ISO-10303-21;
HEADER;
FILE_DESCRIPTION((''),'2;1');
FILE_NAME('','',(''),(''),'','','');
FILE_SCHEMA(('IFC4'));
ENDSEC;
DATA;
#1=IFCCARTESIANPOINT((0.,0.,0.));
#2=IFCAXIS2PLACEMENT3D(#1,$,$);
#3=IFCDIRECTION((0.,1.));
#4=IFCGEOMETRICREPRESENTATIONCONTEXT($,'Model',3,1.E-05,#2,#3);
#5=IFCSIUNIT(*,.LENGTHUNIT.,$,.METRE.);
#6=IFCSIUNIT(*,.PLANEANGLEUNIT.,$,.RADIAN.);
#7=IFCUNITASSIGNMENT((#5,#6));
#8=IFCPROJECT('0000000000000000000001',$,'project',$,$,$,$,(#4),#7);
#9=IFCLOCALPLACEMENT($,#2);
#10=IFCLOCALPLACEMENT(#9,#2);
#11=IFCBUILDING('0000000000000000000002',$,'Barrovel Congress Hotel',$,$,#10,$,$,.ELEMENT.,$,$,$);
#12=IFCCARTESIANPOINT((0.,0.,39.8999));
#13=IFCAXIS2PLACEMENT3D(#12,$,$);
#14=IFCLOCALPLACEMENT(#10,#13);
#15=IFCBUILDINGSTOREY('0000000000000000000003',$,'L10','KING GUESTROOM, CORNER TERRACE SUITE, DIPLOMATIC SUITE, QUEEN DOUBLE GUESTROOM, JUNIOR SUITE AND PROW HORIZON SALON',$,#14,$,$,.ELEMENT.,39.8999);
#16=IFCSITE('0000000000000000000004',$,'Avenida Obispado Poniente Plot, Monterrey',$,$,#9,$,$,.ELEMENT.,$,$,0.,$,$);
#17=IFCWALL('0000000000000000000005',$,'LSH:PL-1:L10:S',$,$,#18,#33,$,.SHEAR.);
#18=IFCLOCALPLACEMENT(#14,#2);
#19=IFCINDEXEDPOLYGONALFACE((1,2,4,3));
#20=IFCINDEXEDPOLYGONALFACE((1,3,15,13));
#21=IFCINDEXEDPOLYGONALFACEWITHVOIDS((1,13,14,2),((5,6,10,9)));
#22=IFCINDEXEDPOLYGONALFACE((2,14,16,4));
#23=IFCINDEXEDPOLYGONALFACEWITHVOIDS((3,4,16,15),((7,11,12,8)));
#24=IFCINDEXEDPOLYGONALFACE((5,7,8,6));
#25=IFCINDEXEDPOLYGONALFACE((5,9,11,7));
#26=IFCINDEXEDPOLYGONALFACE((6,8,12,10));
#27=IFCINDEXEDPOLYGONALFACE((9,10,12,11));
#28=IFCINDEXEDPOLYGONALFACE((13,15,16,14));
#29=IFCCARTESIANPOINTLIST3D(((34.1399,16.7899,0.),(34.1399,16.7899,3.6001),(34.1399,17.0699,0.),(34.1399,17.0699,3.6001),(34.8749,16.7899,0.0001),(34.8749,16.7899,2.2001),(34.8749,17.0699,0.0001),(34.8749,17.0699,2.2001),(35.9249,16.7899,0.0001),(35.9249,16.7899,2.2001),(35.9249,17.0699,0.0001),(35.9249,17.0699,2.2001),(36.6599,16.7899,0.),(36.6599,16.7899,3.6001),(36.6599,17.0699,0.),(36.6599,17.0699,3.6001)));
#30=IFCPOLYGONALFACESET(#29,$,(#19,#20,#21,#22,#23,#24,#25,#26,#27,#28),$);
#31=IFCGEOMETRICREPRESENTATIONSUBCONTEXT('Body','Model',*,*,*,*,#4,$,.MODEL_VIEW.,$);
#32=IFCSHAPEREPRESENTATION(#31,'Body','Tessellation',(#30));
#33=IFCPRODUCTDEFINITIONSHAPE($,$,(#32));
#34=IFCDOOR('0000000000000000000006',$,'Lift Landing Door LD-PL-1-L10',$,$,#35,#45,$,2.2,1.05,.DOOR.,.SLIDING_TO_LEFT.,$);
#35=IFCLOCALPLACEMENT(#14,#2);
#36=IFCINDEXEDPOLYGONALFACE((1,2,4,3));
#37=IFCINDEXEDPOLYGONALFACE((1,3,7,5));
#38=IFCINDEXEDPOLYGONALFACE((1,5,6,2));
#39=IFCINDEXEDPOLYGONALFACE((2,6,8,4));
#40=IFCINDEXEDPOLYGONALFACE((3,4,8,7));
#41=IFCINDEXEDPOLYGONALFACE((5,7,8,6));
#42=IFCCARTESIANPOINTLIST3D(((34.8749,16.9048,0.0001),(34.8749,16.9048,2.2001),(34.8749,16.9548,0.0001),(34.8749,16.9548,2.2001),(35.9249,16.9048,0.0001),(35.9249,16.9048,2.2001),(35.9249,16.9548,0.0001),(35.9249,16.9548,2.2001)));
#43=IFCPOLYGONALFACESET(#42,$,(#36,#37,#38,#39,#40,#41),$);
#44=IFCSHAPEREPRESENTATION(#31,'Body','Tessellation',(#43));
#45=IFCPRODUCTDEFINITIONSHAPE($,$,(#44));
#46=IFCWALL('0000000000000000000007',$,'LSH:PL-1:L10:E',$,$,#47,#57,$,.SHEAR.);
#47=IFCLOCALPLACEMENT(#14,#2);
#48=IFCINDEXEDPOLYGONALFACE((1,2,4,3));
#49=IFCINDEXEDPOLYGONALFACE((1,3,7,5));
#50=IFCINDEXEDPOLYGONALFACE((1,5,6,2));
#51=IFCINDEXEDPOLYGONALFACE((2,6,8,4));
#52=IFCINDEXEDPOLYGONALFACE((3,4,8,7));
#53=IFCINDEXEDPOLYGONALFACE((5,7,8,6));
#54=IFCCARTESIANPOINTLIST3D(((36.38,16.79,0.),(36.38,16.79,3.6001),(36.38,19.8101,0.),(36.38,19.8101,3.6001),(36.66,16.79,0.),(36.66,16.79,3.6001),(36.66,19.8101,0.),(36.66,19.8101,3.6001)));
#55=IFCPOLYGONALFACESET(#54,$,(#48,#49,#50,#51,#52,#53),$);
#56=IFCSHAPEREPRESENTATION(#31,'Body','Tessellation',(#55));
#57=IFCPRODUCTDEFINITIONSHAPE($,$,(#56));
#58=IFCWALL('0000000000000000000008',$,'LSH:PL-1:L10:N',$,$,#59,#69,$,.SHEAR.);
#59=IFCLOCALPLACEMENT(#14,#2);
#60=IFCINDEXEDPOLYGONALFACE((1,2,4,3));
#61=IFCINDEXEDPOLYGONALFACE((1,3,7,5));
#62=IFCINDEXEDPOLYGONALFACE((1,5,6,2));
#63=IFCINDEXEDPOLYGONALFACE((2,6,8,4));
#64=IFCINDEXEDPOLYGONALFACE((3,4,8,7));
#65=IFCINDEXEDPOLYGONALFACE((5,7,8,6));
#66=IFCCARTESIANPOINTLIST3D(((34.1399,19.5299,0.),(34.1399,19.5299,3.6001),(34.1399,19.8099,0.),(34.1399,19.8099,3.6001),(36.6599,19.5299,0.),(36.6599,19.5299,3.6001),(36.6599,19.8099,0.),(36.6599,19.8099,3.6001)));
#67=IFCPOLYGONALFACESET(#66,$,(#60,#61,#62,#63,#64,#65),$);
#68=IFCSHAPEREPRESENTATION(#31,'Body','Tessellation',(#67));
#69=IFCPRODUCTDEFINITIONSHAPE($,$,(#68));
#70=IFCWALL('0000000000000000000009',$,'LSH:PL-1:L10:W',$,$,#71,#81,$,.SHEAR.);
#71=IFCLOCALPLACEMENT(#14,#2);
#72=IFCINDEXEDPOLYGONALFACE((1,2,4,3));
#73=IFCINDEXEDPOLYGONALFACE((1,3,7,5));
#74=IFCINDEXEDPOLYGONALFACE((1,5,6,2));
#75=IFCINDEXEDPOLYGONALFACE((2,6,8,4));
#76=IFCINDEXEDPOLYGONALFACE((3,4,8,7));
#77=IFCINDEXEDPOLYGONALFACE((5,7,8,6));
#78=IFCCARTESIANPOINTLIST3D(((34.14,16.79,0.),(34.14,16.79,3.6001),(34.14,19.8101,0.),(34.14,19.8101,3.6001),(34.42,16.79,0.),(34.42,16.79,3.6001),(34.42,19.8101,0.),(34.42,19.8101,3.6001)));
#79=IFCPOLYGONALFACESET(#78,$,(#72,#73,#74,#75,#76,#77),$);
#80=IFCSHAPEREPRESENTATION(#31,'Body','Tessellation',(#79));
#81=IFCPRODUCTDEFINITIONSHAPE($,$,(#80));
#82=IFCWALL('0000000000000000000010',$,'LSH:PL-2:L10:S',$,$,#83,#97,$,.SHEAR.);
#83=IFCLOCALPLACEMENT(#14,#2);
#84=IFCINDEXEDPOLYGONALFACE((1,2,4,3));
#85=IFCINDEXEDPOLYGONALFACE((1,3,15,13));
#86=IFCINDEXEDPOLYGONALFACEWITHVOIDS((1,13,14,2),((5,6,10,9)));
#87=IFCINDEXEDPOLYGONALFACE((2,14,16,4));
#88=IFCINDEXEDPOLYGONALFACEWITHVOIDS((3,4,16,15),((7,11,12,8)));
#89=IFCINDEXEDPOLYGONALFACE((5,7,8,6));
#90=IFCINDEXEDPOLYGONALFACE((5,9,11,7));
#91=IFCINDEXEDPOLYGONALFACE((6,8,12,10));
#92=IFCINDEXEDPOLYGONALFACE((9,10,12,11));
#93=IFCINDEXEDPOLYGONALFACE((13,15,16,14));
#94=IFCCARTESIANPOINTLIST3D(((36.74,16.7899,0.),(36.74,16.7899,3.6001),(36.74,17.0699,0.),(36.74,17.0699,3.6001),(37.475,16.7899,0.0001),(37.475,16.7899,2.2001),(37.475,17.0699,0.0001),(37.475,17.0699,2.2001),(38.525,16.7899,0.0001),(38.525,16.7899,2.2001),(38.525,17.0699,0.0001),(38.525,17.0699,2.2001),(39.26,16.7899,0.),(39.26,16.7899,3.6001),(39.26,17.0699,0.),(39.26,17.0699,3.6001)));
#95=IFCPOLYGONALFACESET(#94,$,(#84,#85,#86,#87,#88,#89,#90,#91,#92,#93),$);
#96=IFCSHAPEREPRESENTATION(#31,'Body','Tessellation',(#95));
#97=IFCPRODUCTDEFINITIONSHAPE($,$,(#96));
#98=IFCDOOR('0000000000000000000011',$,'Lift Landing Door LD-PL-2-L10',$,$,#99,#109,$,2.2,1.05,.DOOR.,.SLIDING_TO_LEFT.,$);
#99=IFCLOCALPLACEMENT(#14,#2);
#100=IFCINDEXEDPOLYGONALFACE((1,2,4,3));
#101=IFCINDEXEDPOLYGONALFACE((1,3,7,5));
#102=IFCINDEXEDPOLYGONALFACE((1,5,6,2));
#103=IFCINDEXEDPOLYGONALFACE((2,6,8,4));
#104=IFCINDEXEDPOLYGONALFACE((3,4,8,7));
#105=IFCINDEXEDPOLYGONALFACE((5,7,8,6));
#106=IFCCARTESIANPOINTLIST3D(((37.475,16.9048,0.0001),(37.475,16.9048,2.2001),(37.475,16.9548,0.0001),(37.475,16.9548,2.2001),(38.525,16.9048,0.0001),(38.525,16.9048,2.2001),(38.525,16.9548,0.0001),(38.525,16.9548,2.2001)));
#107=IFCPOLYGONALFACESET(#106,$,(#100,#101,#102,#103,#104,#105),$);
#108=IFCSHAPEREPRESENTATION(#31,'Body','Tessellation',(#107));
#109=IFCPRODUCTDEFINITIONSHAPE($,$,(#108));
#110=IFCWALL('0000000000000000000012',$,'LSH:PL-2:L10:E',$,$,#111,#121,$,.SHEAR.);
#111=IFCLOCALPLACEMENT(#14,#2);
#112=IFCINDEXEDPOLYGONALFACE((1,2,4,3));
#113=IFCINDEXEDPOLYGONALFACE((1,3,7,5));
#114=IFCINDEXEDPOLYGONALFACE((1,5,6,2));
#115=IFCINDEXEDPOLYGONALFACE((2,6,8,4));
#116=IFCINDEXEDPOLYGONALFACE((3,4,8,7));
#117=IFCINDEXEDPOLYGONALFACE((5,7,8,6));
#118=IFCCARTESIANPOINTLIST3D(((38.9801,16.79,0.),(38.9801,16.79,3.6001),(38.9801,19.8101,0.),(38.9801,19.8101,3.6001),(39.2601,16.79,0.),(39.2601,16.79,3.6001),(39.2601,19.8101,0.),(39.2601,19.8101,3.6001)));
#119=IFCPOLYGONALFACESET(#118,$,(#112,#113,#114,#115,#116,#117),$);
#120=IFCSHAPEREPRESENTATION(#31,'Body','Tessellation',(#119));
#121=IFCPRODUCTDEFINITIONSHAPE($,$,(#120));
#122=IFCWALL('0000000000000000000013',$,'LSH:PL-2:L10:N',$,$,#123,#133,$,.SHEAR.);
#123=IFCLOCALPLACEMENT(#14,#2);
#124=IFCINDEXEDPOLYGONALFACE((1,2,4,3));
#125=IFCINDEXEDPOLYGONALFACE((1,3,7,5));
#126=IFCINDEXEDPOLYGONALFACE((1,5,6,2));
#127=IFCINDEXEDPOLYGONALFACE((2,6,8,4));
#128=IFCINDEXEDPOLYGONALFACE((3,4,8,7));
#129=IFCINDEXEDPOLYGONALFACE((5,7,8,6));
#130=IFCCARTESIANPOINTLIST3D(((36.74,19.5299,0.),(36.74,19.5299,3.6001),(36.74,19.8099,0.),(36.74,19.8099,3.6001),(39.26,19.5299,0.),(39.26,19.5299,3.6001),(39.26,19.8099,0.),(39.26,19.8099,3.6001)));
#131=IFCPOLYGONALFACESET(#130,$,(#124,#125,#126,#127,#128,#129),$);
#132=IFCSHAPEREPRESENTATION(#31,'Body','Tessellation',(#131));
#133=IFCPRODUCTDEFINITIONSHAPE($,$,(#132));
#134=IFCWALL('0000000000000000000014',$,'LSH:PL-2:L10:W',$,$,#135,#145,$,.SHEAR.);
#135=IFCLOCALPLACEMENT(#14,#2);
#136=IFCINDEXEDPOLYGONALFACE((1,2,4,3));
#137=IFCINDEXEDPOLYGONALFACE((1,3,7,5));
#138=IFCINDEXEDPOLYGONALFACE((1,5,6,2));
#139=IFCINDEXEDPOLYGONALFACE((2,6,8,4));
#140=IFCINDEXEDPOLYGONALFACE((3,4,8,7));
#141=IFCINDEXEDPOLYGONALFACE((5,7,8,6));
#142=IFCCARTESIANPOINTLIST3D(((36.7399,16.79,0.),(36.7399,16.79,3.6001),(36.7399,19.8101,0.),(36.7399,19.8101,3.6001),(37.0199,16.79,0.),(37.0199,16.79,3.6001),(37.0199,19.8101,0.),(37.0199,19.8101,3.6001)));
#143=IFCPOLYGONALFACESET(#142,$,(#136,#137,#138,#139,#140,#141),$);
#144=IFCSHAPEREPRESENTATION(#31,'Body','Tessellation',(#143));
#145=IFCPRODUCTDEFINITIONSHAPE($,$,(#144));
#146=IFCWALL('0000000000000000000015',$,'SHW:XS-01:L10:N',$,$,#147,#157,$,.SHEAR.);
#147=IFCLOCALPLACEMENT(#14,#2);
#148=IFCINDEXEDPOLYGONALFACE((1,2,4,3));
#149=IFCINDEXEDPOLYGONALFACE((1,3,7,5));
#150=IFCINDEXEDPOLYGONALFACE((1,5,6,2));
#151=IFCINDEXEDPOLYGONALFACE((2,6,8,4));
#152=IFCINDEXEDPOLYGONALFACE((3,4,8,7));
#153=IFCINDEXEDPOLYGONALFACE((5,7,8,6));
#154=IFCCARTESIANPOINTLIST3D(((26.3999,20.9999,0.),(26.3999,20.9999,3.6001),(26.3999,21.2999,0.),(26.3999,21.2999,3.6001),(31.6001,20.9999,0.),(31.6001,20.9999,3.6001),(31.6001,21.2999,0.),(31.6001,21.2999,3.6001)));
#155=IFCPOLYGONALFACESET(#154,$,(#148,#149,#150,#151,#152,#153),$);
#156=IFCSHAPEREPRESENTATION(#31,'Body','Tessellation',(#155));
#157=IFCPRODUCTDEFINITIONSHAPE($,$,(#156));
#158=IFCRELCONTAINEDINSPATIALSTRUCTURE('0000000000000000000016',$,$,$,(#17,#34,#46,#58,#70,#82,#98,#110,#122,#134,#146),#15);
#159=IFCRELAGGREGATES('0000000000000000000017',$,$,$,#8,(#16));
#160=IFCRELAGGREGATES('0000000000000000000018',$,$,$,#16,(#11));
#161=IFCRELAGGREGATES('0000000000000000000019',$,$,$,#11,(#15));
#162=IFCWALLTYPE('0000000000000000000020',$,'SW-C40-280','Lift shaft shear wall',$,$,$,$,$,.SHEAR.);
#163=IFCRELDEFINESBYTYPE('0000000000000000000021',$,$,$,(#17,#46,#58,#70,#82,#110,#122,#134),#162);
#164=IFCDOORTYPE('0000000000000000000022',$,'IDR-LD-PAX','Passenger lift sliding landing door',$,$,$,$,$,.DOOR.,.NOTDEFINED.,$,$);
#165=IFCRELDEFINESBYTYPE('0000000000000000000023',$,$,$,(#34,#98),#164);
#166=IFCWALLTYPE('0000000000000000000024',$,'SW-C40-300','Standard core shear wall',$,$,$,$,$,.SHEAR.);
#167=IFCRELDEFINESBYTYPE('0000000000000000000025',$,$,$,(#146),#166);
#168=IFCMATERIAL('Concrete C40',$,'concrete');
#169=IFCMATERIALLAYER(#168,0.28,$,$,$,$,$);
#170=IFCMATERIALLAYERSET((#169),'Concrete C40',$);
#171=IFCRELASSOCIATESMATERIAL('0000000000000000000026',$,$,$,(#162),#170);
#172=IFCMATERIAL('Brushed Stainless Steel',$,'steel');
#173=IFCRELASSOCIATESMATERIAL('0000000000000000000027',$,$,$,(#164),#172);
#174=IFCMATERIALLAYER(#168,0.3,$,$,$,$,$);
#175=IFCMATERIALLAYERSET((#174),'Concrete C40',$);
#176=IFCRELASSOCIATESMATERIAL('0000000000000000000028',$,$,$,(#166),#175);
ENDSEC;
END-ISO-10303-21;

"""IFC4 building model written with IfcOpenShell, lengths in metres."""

from ifc_helpers import new_model, si_unit, direction, frame, frame_2d, origin, place, context, subcontext, project, spatial, rectangle, extrude, material, layer, layer_set, type_object, element, fill, save


model = new_model("IFC4")

# Units and contexts
model_context = context("Model", 3, precision=1e-05, world=origin(), true_north=direction((0.0, 1.0)))
body_context = subcontext(model_context, "Body", "Model", "MODEL_VIEW")
ifc_project = project(units=[si_unit("LENGTHUNIT", "METRE"), si_unit("PLANEANGLEUNIT", "RADIAN")], contexts=[model_context])

# Site, building, storey
site_placement = place(None, origin())
site = spatial("IfcSite", under=ifc_project, at=site_placement, Name="Avenida Obispado Poniente Plot, Monterrey", CompositionType="ELEMENT", RefElevation=0.0)
building_placement = place(site_placement, origin())
building = spatial("IfcBuilding", under=site, at=building_placement, Name="Barrovel Congress Hotel", CompositionType="ELEMENT")
storey_placement = place(building_placement, frame((0.0, 0.0, 39.8999)))
storey = spatial("IfcBuildingStorey", under=building, at=storey_placement, Name="L10", Description="KING GUESTROOM, CORNER TERRACE SUITE, DIPLOMATIC SUITE, QUEEN DOUBLE GUESTROOM, JUNIOR SUITE AND PROW HORIZON SALON", CompositionType="ELEMENT", Elevation=39.8999)

# Shared definitions
ifc_material_1 = material(Name="Concrete C40", Category="concrete")

# Wall, opening, door
ifc_layer_1 = layer(ifc_material_1, 0.28)
ifc_layer_set_1 = layer_set([ifc_layer_1], Name="Concrete C40")
wall_type_1 = type_object("IfcWallType", Name="SW-C40-280", Description="Lift shaft shear wall", PredefinedType="SHEAR", material=ifc_layer_set_1)
wall_1_placement = place(storey_placement, frame((34.1399, 16.9299, 0.0), z_axis=(0.0, 0.0, 1.0), x_axis=(1.0, 0.0, 0.0)))
wall_1 = element("IfcWall", 1, at=wall_1_placement, inside=storey, type_object=wall_type_1, Name="LSH:PL-1:L10:S", PredefinedType="SHEAR", context=body_context, shape_type="SweptSolid", body=[
    extrude(rectangle(XDim=2.52, YDim=0.28, at=frame_2d((1.26, 0.0))), origin(), (0.0, 0.0, 1.0), 3.6001),
])
opening_1_placement = place(wall_1_placement, frame((0.7351, 0.0, 0.0)))
opening_1 = element("IfcOpeningElement", 2, at=opening_1_placement, cuts=wall_1, PredefinedType="OPENING", context=body_context, shape_type="SweptSolid", body=[
    extrude(rectangle(XDim=1.05, YDim=2.2, at=frame_2d((0.5249, 1.1001))), frame((0.0, 0.1499, 0.0), z_axis=(0.0, -1.0, 0.0), x_axis=(1.0, 0.0, 0.0)), (0.0, 0.0, 1.0), 0.3),
])
ifc_material_2 = material(Name="Brushed Stainless Steel", Category="steel")
door_type = type_object("IfcDoorType", Name="IDR-LD-PAX", Description="Passenger lift sliding landing door", OperationType="NOTDEFINED", PredefinedType="DOOR", material=ifc_material_2)
door_1_placement = place(opening_1_placement, origin())
door_1 = element("IfcDoor", 3, at=door_1_placement, inside=storey, type_object=door_type, Name="Lift Landing Door LD-PL-1-L10", OperationType="SLIDING_TO_LEFT", OverallHeight=2.2, OverallWidth=1.05, PredefinedType="DOOR", context=body_context, shape_type="SweptSolid", body=[
    extrude(rectangle(XDim=1.05, YDim=2.2, at=frame_2d((0.5249, 1.1001))), frame((0.0, 0.0249, 0.0), z_axis=(0.0, -1.0, 0.0), x_axis=(1.0, 0.0, 0.0)), (0.0, 0.0, 1.0), 0.05),
])
fill(opening_1, door_1)

# Walls
wall_2_placement = place(storey_placement, frame((36.52, 16.79, 0.0), z_axis=(0.0, 0.0, 1.0), x_axis=(0.0, 1.0, 0.0)))
element("IfcWall", 4, at=wall_2_placement, inside=storey, type_object=wall_type_1, Name="LSH:PL-1:L10:E", PredefinedType="SHEAR", context=body_context, shape_type="SweptSolid", body=[
    extrude(rectangle(XDim=3.02, YDim=0.28, at=frame_2d((1.51, 0.0))), origin(), (0.0, 0.0, 1.0), 3.6001),
])
wall_3_placement = place(storey_placement, frame((36.6599, 19.6699, 0.0), z_axis=(0.0, 0.0, 1.0), x_axis=(-1.0, 0.0, 0.0)))
element("IfcWall", 5, at=wall_3_placement, inside=storey, type_object=wall_type_1, Name="LSH:PL-1:L10:N", PredefinedType="SHEAR", context=body_context, shape_type="SweptSolid", body=[
    extrude(rectangle(XDim=2.52, YDim=0.28, at=frame_2d((1.26, 0.0))), origin(), (0.0, 0.0, 1.0), 3.6001),
])
wall_4_placement = place(storey_placement, frame((34.28, 19.8101, 0.0), z_axis=(0.0, 0.0, 1.0), x_axis=(0.0, -1.0, 0.0)))
element("IfcWall", 6, at=wall_4_placement, inside=storey, type_object=wall_type_1, Name="LSH:PL-1:L10:W", PredefinedType="SHEAR", context=body_context, shape_type="SweptSolid", body=[
    extrude(rectangle(XDim=3.02, YDim=0.28, at=frame_2d((1.51, 0.0))), origin(), (0.0, 0.0, 1.0), 3.6001),
])

# Wall, opening, door
wall_5_placement = place(storey_placement, frame((36.74, 16.9299, 0.0), z_axis=(0.0, 0.0, 1.0), x_axis=(1.0, 0.0, 0.0)))
wall_5 = element("IfcWall", 7, at=wall_5_placement, inside=storey, type_object=wall_type_1, Name="LSH:PL-2:L10:S", PredefinedType="SHEAR", context=body_context, shape_type="SweptSolid", body=[
    extrude(rectangle(XDim=2.52, YDim=0.28, at=frame_2d((1.26, 0.0))), origin(), (0.0, 0.0, 1.0), 3.6001),
])
opening_2_placement = place(wall_5_placement, frame((0.7351, 0.0, 0.0)))
opening_2 = element("IfcOpeningElement", 8, at=opening_2_placement, cuts=wall_5, PredefinedType="OPENING", context=body_context, shape_type="SweptSolid", body=[
    extrude(rectangle(XDim=1.05, YDim=2.2, at=frame_2d((0.5249, 1.1001))), frame((0.0, 0.1499, 0.0), z_axis=(0.0, -1.0, 0.0), x_axis=(1.0, 0.0, 0.0)), (0.0, 0.0, 1.0), 0.3),
])
door_2_placement = place(opening_2_placement, origin())
door_2 = element("IfcDoor", 9, at=door_2_placement, inside=storey, type_object=door_type, Name="Lift Landing Door LD-PL-2-L10", OperationType="SLIDING_TO_LEFT", OverallHeight=2.2, OverallWidth=1.05, PredefinedType="DOOR", context=body_context, shape_type="SweptSolid", body=[
    extrude(rectangle(XDim=1.05, YDim=2.2, at=frame_2d((0.5249, 1.1001))), frame((0.0, 0.0249, 0.0), z_axis=(0.0, -1.0, 0.0), x_axis=(1.0, 0.0, 0.0)), (0.0, 0.0, 1.0), 0.05),
])
fill(opening_2, door_2)

# Walls
wall_6_placement = place(storey_placement, frame((39.1201, 16.79, 0.0), z_axis=(0.0, 0.0, 1.0), x_axis=(0.0, 1.0, 0.0)))
element("IfcWall", 10, at=wall_6_placement, inside=storey, type_object=wall_type_1, Name="LSH:PL-2:L10:E", PredefinedType="SHEAR", context=body_context, shape_type="SweptSolid", body=[
    extrude(rectangle(XDim=3.02, YDim=0.28, at=frame_2d((1.51, 0.0))), origin(), (0.0, 0.0, 1.0), 3.6001),
])
wall_7_placement = place(storey_placement, frame((39.26, 19.6699, 0.0), z_axis=(0.0, 0.0, 1.0), x_axis=(-1.0, 0.0, 0.0)))
element("IfcWall", 11, at=wall_7_placement, inside=storey, type_object=wall_type_1, Name="LSH:PL-2:L10:N", PredefinedType="SHEAR", context=body_context, shape_type="SweptSolid", body=[
    extrude(rectangle(XDim=2.52, YDim=0.28, at=frame_2d((1.26, 0.0))), origin(), (0.0, 0.0, 1.0), 3.6001),
])
wall_8_placement = place(storey_placement, frame((36.8799, 19.8101, 0.0), z_axis=(0.0, 0.0, 1.0), x_axis=(0.0, -1.0, 0.0)))
element("IfcWall", 12, at=wall_8_placement, inside=storey, type_object=wall_type_1, Name="LSH:PL-2:L10:W", PredefinedType="SHEAR", context=body_context, shape_type="SweptSolid", body=[
    extrude(rectangle(XDim=3.02, YDim=0.28, at=frame_2d((1.51, 0.0))), origin(), (0.0, 0.0, 1.0), 3.6001),
])
ifc_layer_2 = layer(ifc_material_1, 0.3)
ifc_layer_set_2 = layer_set([ifc_layer_2], Name="Concrete C40")
wall_type_2 = type_object("IfcWallType", Name="SW-C40-300", Description="Standard core shear wall", PredefinedType="SHEAR", material=ifc_layer_set_2)
wall_9_placement = place(storey_placement, frame((31.6001, 21.1499, 0.0), z_axis=(0.0, 0.0, 1.0), x_axis=(-1.0, 0.0, 0.0)))
element("IfcWall", 13, at=wall_9_placement, inside=storey, type_object=wall_type_2, Name="SHW:XS-01:L10:N", PredefinedType="SHEAR", context=body_context, shape_type="SweptSolid", body=[
    extrude(rectangle(XDim=5.2002, YDim=0.3, at=frame_2d((2.6001, 0.0))), origin(), (0.0, 0.0, 1.0), 3.6001),
])

save(model, "model.ifc")
